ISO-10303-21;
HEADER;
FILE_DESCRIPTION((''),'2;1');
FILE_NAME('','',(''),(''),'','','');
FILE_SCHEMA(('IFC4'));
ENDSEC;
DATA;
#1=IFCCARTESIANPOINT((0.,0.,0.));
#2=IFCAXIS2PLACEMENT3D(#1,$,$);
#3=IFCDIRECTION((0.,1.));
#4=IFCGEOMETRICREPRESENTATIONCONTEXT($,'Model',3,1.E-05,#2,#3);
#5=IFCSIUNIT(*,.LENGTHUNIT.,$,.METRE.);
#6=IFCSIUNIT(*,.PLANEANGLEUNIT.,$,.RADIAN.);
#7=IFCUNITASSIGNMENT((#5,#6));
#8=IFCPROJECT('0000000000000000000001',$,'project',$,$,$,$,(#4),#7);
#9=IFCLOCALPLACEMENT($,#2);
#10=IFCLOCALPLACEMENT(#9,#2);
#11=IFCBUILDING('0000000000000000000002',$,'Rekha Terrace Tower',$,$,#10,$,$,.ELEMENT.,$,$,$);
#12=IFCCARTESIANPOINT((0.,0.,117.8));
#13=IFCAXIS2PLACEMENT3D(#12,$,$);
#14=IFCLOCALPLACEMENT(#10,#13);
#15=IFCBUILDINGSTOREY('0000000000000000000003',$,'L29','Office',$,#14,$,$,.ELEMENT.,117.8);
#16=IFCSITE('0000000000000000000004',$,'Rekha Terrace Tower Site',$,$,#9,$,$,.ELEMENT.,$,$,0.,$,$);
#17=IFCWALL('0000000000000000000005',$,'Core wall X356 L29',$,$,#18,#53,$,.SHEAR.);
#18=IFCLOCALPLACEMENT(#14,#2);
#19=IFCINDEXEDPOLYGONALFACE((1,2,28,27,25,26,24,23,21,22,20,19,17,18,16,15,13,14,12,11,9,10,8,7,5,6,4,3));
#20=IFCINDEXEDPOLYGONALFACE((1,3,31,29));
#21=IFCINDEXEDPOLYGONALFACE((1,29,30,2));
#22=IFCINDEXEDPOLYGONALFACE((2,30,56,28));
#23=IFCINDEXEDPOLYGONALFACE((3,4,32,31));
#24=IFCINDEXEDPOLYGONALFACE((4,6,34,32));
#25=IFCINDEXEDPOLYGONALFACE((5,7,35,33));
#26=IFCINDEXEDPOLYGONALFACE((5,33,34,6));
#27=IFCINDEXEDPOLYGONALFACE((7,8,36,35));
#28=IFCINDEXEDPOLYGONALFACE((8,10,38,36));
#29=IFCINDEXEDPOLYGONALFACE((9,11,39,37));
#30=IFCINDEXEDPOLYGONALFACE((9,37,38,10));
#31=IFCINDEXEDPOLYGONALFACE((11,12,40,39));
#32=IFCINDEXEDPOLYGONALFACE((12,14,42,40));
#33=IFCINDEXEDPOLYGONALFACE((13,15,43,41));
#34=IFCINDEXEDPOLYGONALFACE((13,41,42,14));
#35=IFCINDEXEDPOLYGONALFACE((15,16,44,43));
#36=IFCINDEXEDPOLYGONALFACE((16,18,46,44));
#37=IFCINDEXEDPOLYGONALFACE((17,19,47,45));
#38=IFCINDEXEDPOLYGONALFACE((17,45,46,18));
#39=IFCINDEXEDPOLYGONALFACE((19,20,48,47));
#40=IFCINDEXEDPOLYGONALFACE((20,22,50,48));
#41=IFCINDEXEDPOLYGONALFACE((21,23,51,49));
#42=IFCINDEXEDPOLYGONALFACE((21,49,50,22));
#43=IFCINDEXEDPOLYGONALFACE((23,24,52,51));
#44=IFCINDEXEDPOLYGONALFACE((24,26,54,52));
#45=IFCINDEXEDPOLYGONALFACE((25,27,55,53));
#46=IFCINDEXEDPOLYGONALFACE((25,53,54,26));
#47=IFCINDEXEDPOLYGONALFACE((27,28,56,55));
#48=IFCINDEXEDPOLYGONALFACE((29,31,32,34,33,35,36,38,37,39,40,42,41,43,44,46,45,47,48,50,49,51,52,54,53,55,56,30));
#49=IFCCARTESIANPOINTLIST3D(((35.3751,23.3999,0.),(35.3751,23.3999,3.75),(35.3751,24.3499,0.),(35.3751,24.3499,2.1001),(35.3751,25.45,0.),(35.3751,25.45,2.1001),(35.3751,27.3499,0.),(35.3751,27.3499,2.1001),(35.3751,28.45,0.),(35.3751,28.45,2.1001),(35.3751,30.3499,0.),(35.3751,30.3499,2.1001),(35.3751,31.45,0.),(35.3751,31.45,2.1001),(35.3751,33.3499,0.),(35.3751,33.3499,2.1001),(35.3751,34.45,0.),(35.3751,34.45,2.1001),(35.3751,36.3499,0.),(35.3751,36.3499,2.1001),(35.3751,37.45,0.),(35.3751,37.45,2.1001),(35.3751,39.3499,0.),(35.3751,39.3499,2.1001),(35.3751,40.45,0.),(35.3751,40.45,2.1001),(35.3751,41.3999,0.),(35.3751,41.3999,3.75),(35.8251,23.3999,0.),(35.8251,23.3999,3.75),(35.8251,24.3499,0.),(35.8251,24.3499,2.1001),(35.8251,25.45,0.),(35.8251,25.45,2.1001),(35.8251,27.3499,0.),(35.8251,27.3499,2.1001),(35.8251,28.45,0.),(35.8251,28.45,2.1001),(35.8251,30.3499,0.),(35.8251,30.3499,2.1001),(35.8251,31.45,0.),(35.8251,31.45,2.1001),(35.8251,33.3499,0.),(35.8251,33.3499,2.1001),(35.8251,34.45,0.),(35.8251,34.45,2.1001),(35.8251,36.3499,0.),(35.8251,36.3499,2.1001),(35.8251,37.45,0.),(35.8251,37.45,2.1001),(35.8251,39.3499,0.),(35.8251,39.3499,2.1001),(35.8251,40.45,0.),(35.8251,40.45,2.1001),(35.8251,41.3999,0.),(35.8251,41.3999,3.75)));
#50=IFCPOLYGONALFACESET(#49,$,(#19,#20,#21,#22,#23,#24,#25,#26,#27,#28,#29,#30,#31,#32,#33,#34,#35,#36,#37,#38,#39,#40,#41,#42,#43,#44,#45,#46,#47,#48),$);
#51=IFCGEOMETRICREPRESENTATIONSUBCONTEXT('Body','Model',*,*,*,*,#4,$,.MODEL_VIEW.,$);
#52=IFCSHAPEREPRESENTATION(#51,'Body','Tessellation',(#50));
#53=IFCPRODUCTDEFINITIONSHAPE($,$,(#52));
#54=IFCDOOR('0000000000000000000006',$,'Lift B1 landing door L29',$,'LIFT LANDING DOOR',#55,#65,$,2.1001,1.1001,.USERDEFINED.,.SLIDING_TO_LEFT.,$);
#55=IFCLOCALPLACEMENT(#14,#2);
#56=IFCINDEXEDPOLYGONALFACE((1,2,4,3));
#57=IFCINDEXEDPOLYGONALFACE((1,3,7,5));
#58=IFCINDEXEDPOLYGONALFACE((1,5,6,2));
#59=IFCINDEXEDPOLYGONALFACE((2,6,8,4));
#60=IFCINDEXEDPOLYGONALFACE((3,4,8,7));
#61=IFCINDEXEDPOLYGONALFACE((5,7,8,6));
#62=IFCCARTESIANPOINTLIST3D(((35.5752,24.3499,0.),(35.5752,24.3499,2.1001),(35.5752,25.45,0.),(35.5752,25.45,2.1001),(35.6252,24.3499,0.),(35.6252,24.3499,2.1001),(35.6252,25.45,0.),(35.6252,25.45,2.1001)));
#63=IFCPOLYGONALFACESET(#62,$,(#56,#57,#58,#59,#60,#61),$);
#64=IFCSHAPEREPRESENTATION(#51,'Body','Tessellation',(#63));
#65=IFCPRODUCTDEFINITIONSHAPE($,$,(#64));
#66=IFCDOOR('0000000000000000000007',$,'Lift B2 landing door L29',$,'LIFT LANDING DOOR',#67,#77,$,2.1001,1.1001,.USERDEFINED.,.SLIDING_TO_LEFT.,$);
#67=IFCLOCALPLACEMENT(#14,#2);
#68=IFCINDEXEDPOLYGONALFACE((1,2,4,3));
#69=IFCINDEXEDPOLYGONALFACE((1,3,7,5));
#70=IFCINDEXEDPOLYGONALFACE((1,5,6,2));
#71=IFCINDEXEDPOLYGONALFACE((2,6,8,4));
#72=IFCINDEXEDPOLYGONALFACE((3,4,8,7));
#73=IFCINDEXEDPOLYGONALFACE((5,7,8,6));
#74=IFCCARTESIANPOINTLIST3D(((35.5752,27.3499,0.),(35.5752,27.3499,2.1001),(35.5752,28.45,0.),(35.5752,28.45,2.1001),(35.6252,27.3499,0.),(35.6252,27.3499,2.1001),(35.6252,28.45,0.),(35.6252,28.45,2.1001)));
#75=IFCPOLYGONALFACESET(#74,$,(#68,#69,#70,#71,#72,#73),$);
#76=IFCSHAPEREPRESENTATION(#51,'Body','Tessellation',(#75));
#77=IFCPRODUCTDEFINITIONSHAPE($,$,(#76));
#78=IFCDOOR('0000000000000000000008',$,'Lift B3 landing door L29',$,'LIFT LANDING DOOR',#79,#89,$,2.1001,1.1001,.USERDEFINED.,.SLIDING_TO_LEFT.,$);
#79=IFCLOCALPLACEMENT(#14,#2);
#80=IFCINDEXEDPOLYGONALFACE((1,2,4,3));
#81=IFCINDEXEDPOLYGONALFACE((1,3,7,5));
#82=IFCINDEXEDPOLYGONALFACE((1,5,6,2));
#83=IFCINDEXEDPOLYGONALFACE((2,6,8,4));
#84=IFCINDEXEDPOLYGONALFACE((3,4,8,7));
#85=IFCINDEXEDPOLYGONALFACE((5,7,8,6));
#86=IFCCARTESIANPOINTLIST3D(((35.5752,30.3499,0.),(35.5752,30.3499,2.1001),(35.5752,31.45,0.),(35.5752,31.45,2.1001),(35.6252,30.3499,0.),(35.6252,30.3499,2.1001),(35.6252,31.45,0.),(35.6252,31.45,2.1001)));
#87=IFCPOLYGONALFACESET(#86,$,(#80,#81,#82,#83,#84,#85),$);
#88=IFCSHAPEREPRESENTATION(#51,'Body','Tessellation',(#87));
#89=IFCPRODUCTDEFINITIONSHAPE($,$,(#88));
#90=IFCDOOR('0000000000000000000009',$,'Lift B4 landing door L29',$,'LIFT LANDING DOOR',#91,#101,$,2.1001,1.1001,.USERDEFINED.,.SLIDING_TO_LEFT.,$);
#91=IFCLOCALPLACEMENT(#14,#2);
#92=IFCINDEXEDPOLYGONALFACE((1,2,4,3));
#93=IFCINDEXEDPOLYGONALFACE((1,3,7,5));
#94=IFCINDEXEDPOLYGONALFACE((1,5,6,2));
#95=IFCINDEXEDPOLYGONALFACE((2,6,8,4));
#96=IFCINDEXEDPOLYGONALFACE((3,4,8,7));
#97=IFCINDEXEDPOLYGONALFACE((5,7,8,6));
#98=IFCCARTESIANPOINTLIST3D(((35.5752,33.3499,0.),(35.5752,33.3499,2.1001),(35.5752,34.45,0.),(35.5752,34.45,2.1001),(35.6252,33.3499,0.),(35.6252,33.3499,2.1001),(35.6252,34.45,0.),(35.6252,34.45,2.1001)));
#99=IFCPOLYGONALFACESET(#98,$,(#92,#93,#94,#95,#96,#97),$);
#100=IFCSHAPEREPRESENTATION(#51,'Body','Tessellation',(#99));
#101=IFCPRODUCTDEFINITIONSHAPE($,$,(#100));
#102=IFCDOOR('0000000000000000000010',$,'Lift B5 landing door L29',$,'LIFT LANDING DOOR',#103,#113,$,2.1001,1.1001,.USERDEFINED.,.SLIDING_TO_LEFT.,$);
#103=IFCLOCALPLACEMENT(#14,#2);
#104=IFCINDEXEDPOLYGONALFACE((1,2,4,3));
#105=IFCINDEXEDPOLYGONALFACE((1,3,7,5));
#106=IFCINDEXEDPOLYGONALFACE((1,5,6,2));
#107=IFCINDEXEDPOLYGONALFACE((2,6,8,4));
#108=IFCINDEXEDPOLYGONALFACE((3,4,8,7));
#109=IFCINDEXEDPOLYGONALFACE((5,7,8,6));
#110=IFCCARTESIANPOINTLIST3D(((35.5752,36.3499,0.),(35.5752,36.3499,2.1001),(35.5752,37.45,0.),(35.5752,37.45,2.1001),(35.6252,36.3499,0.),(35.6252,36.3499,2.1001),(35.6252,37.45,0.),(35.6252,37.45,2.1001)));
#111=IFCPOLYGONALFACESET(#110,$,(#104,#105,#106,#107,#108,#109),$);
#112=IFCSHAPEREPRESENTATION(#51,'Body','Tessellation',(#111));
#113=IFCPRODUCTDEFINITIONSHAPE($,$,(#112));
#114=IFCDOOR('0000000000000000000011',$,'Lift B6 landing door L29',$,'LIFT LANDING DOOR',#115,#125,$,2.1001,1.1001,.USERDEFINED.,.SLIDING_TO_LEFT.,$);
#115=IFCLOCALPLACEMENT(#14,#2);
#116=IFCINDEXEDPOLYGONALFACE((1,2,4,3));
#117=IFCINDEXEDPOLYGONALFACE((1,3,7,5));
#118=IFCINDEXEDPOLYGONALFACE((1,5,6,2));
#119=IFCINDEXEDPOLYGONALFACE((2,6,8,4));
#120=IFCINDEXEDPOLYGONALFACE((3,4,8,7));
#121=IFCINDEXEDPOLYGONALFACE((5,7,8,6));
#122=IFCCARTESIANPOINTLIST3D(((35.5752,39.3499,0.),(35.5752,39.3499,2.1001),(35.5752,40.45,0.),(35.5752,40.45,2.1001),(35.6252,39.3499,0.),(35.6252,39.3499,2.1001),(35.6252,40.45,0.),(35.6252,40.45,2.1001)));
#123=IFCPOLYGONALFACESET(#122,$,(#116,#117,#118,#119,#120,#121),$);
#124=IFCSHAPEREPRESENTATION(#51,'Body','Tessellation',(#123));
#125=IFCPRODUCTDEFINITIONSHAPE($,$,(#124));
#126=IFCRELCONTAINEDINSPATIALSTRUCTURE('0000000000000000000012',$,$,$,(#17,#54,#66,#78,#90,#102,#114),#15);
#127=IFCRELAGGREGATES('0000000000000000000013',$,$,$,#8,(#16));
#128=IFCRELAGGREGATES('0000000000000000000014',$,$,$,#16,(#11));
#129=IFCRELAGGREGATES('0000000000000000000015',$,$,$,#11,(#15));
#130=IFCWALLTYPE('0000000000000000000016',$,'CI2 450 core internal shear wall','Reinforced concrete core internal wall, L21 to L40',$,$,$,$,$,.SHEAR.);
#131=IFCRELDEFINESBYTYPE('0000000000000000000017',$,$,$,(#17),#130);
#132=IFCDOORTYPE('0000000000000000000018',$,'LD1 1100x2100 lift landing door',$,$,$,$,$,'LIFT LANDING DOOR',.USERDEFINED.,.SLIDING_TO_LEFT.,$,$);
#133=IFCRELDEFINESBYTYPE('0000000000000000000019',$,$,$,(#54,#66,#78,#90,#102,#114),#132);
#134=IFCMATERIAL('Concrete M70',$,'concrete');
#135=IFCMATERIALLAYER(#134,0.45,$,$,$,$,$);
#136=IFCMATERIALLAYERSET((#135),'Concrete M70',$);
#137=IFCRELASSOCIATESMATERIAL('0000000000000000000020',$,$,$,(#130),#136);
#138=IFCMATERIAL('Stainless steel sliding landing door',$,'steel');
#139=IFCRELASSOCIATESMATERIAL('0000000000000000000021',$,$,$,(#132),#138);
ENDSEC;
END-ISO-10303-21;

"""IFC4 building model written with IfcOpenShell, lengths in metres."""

from ifc_helpers import new_model, si_unit, direction, frame, frame_2d, origin, place, context, subcontext, project, spatial, rectangle, extrude, material, layer, layer_set, type_object, element, fill, save


model = new_model("IFC4")

# Units and contexts
model_context = context("Model", 3, precision=1e-05, world=origin(), true_north=direction((0.0, 1.0)))
body_context = subcontext(model_context, "Body", "Model", "MODEL_VIEW")
ifc_project = project(units=[si_unit("LENGTHUNIT", "METRE"), si_unit("PLANEANGLEUNIT", "RADIAN")], contexts=[model_context])

# Site, building, storey
site_placement = place(None, origin())
site = spatial("IfcSite", under=ifc_project, at=site_placement, Name="Rekha Terrace Tower Site", CompositionType="ELEMENT", RefElevation=0.0)
building_placement = place(site_placement, origin())
building = spatial("IfcBuilding", under=site, at=building_placement, Name="Rekha Terrace Tower", CompositionType="ELEMENT")
storey_placement = place(building_placement, frame((0.0, 0.0, 117.8)))
storey = spatial("IfcBuildingStorey", under=building, at=storey_placement, Name="L29", Description="Office", CompositionType="ELEMENT", Elevation=117.8)

# Wall, openings, doors
ifc_material_1 = material(Name="Concrete M70", Category="concrete")
ifc_layer_1 = layer(ifc_material_1, 0.45)
ifc_layer_set_1 = layer_set([ifc_layer_1], Name="Concrete M70")
wall_type_1 = type_object("IfcWallType", Name="CI2 450 core internal shear wall", Description="Reinforced concrete core internal wall, L21 to L40", PredefinedType="SHEAR", material=ifc_layer_set_1)
wall_1_placement = place(storey_placement, frame((35.6001, 23.3999, 0.0), z_axis=(0.0, 0.0, 1.0), x_axis=(0.0, 1.0, 0.0)))
wall_1 = element("IfcWall", 1, at=wall_1_placement, inside=storey, type_object=wall_type_1, Name="Core wall X356 L29", PredefinedType="SHEAR", context=body_context, shape_type="SweptSolid", body=[
    extrude(rectangle(XDim=18.0, YDim=0.45, at=frame_2d((9.0, 0.0))), origin(), (0.0, 0.0, 1.0), 3.75),
])
opening_1_placement = place(wall_1_placement, frame((0.95, 0.0, 0.0)))
opening_1 = element("IfcOpeningElement", 2, at=opening_1_placement, cuts=wall_1, PredefinedType="OPENING", context=body_context, shape_type="SweptSolid", body=[
    extrude(rectangle(XDim=1.1001, YDim=2.1001, at=frame_2d((0.55, 1.05))), frame((0.0, 0.2349, 0.0), z_axis=(0.0, -1.0, 0.0), x_axis=(1.0, 0.0, 0.0)), (0.0, 0.0, 1.0), 0.47),
])
opening_2_placement = place(wall_1_placement, frame((3.95, 0.0, 0.0)))
opening_2 = element("IfcOpeningElement", 3, at=opening_2_placement, cuts=wall_1, PredefinedType="OPENING", context=body_context, shape_type="SweptSolid", body=[
    extrude(rectangle(XDim=1.1001, YDim=2.1001, at=frame_2d((0.55, 1.05))), frame((0.0, 0.2349, 0.0), z_axis=(0.0, -1.0, 0.0), x_axis=(1.0, 0.0, 0.0)), (0.0, 0.0, 1.0), 0.47),
])
opening_3_placement = place(wall_1_placement, frame((6.95, 0.0, 0.0)))
opening_3 = element("IfcOpeningElement", 4, at=opening_3_placement, cuts=wall_1, PredefinedType="OPENING", context=body_context, shape_type="SweptSolid", body=[
    extrude(rectangle(XDim=1.1001, YDim=2.1001, at=frame_2d((0.55, 1.05))), frame((0.0, 0.2349, 0.0), z_axis=(0.0, -1.0, 0.0), x_axis=(1.0, 0.0, 0.0)), (0.0, 0.0, 1.0), 0.47),
])
opening_4_placement = place(wall_1_placement, frame((9.95, 0.0, 0.0)))
opening_4 = element("IfcOpeningElement", 5, at=opening_4_placement, cuts=wall_1, PredefinedType="OPENING", context=body_context, shape_type="SweptSolid", body=[
    extrude(rectangle(XDim=1.1001, YDim=2.1001, at=frame_2d((0.55, 1.05))), frame((0.0, 0.2349, 0.0), z_axis=(0.0, -1.0, 0.0), x_axis=(1.0, 0.0, 0.0)), (0.0, 0.0, 1.0), 0.47),
])
opening_5_placement = place(wall_1_placement, frame((12.95, 0.0, 0.0)))
opening_5 = element("IfcOpeningElement", 6, at=opening_5_placement, cuts=wall_1, PredefinedType="OPENING", context=body_context, shape_type="SweptSolid", body=[
    extrude(rectangle(XDim=1.1001, YDim=2.1001, at=frame_2d((0.55, 1.05))), frame((0.0, 0.2349, 0.0), z_axis=(0.0, -1.0, 0.0), x_axis=(1.0, 0.0, 0.0)), (0.0, 0.0, 1.0), 0.47),
])
opening_6_placement = place(wall_1_placement, frame((15.95, 0.0, 0.0)))
opening_6 = element("IfcOpeningElement", 7, at=opening_6_placement, cuts=wall_1, PredefinedType="OPENING", context=body_context, shape_type="SweptSolid", body=[
    extrude(rectangle(XDim=1.1001, YDim=2.1001, at=frame_2d((0.55, 1.05))), frame((0.0, 0.2349, 0.0), z_axis=(0.0, -1.0, 0.0), x_axis=(1.0, 0.0, 0.0)), (0.0, 0.0, 1.0), 0.47),
])
ifc_material_2 = material(Name="Stainless steel sliding landing door", Category="steel")
door_type_1 = type_object("IfcDoorType", Name="LD1 1100x2100 lift landing door", ElementType="LIFT LANDING DOOR", OperationType="SLIDING_TO_LEFT", PredefinedType="USERDEFINED", material=ifc_material_2)
door_1_placement = place(opening_1_placement, origin())
door_1 = element("IfcDoor", 8, at=door_1_placement, inside=storey, type_object=door_type_1, Name="Lift B1 landing door L29", ObjectType="LIFT LANDING DOOR", OperationType="SLIDING_TO_LEFT", OverallHeight=2.1001, OverallWidth=1.1001, PredefinedType="USERDEFINED", context=body_context, shape_type="SweptSolid", body=[
    extrude(rectangle(XDim=1.1001, YDim=2.1001, at=frame_2d((0.55, 1.05))), frame((0.0, 0.0249, 0.0), z_axis=(0.0, -1.0, 0.0), x_axis=(1.0, 0.0, 0.0)), (0.0, 0.0, 1.0), 0.05),
])
fill(opening_1, door_1)
door_2_placement = place(opening_2_placement, origin())
door_2 = element("IfcDoor", 9, at=door_2_placement, inside=storey, type_object=door_type_1, Name="Lift B2 landing door L29", ObjectType="LIFT LANDING DOOR", OperationType="SLIDING_TO_LEFT", OverallHeight=2.1001, OverallWidth=1.1001, PredefinedType="USERDEFINED", context=body_context, shape_type="SweptSolid", body=[
    extrude(rectangle(XDim=1.1001, YDim=2.1001, at=frame_2d((0.55, 1.05))), frame((0.0, 0.0249, 0.0), z_axis=(0.0, -1.0, 0.0), x_axis=(1.0, 0.0, 0.0)), (0.0, 0.0, 1.0), 0.05),
])
fill(opening_2, door_2)
door_3_placement = place(opening_3_placement, origin())
door_3 = element("IfcDoor", 10, at=door_3_placement, inside=storey, type_object=door_type_1, Name="Lift B3 landing door L29", ObjectType="LIFT LANDING DOOR", OperationType="SLIDING_TO_LEFT", OverallHeight=2.1001, OverallWidth=1.1001, PredefinedType="USERDEFINED", context=body_context, shape_type="SweptSolid", body=[
    extrude(rectangle(XDim=1.1001, YDim=2.1001, at=frame_2d((0.55, 1.05))), frame((0.0, 0.0249, 0.0), z_axis=(0.0, -1.0, 0.0), x_axis=(1.0, 0.0, 0.0)), (0.0, 0.0, 1.0), 0.05),
])
fill(opening_3, door_3)
door_4_placement = place(opening_4_placement, origin())
door_4 = element("IfcDoor", 11, at=door_4_placement, inside=storey, type_object=door_type_1, Name="Lift B4 landing door L29", ObjectType="LIFT LANDING DOOR", OperationType="SLIDING_TO_LEFT", OverallHeight=2.1001, OverallWidth=1.1001, PredefinedType="USERDEFINED", context=body_context, shape_type="SweptSolid", body=[
    extrude(rectangle(XDim=1.1001, YDim=2.1001, at=frame_2d((0.55, 1.05))), frame((0.0, 0.0249, 0.0), z_axis=(0.0, -1.0, 0.0), x_axis=(1.0, 0.0, 0.0)), (0.0, 0.0, 1.0), 0.05),
])
fill(opening_4, door_4)
door_5_placement = place(opening_5_placement, origin())
door_5 = element("IfcDoor", 12, at=door_5_placement, inside=storey, type_object=door_type_1, Name="Lift B5 landing door L29", ObjectType="LIFT LANDING DOOR", OperationType="SLIDING_TO_LEFT", OverallHeight=2.1001, OverallWidth=1.1001, PredefinedType="USERDEFINED", context=body_context, shape_type="SweptSolid", body=[
    extrude(rectangle(XDim=1.1001, YDim=2.1001, at=frame_2d((0.55, 1.05))), frame((0.0, 0.0249, 0.0), z_axis=(0.0, -1.0, 0.0), x_axis=(1.0, 0.0, 0.0)), (0.0, 0.0, 1.0), 0.05),
])
fill(opening_5, door_5)
door_6_placement = place(opening_6_placement, origin())
door_6 = element("IfcDoor", 13, at=door_6_placement, inside=storey, type_object=door_type_1, Name="Lift B6 landing door L29", ObjectType="LIFT LANDING DOOR", OperationType="SLIDING_TO_LEFT", OverallHeight=2.1001, OverallWidth=1.1001, PredefinedType="USERDEFINED", context=body_context, shape_type="SweptSolid", body=[
    extrude(rectangle(XDim=1.1001, YDim=2.1001, at=frame_2d((0.55, 1.05))), frame((0.0, 0.0249, 0.0), z_axis=(0.0, -1.0, 0.0), x_axis=(1.0, 0.0, 0.0)), (0.0, 0.0, 1.0), 0.05),
])
fill(opening_6, door_6)

save(model, "model.ifc")
